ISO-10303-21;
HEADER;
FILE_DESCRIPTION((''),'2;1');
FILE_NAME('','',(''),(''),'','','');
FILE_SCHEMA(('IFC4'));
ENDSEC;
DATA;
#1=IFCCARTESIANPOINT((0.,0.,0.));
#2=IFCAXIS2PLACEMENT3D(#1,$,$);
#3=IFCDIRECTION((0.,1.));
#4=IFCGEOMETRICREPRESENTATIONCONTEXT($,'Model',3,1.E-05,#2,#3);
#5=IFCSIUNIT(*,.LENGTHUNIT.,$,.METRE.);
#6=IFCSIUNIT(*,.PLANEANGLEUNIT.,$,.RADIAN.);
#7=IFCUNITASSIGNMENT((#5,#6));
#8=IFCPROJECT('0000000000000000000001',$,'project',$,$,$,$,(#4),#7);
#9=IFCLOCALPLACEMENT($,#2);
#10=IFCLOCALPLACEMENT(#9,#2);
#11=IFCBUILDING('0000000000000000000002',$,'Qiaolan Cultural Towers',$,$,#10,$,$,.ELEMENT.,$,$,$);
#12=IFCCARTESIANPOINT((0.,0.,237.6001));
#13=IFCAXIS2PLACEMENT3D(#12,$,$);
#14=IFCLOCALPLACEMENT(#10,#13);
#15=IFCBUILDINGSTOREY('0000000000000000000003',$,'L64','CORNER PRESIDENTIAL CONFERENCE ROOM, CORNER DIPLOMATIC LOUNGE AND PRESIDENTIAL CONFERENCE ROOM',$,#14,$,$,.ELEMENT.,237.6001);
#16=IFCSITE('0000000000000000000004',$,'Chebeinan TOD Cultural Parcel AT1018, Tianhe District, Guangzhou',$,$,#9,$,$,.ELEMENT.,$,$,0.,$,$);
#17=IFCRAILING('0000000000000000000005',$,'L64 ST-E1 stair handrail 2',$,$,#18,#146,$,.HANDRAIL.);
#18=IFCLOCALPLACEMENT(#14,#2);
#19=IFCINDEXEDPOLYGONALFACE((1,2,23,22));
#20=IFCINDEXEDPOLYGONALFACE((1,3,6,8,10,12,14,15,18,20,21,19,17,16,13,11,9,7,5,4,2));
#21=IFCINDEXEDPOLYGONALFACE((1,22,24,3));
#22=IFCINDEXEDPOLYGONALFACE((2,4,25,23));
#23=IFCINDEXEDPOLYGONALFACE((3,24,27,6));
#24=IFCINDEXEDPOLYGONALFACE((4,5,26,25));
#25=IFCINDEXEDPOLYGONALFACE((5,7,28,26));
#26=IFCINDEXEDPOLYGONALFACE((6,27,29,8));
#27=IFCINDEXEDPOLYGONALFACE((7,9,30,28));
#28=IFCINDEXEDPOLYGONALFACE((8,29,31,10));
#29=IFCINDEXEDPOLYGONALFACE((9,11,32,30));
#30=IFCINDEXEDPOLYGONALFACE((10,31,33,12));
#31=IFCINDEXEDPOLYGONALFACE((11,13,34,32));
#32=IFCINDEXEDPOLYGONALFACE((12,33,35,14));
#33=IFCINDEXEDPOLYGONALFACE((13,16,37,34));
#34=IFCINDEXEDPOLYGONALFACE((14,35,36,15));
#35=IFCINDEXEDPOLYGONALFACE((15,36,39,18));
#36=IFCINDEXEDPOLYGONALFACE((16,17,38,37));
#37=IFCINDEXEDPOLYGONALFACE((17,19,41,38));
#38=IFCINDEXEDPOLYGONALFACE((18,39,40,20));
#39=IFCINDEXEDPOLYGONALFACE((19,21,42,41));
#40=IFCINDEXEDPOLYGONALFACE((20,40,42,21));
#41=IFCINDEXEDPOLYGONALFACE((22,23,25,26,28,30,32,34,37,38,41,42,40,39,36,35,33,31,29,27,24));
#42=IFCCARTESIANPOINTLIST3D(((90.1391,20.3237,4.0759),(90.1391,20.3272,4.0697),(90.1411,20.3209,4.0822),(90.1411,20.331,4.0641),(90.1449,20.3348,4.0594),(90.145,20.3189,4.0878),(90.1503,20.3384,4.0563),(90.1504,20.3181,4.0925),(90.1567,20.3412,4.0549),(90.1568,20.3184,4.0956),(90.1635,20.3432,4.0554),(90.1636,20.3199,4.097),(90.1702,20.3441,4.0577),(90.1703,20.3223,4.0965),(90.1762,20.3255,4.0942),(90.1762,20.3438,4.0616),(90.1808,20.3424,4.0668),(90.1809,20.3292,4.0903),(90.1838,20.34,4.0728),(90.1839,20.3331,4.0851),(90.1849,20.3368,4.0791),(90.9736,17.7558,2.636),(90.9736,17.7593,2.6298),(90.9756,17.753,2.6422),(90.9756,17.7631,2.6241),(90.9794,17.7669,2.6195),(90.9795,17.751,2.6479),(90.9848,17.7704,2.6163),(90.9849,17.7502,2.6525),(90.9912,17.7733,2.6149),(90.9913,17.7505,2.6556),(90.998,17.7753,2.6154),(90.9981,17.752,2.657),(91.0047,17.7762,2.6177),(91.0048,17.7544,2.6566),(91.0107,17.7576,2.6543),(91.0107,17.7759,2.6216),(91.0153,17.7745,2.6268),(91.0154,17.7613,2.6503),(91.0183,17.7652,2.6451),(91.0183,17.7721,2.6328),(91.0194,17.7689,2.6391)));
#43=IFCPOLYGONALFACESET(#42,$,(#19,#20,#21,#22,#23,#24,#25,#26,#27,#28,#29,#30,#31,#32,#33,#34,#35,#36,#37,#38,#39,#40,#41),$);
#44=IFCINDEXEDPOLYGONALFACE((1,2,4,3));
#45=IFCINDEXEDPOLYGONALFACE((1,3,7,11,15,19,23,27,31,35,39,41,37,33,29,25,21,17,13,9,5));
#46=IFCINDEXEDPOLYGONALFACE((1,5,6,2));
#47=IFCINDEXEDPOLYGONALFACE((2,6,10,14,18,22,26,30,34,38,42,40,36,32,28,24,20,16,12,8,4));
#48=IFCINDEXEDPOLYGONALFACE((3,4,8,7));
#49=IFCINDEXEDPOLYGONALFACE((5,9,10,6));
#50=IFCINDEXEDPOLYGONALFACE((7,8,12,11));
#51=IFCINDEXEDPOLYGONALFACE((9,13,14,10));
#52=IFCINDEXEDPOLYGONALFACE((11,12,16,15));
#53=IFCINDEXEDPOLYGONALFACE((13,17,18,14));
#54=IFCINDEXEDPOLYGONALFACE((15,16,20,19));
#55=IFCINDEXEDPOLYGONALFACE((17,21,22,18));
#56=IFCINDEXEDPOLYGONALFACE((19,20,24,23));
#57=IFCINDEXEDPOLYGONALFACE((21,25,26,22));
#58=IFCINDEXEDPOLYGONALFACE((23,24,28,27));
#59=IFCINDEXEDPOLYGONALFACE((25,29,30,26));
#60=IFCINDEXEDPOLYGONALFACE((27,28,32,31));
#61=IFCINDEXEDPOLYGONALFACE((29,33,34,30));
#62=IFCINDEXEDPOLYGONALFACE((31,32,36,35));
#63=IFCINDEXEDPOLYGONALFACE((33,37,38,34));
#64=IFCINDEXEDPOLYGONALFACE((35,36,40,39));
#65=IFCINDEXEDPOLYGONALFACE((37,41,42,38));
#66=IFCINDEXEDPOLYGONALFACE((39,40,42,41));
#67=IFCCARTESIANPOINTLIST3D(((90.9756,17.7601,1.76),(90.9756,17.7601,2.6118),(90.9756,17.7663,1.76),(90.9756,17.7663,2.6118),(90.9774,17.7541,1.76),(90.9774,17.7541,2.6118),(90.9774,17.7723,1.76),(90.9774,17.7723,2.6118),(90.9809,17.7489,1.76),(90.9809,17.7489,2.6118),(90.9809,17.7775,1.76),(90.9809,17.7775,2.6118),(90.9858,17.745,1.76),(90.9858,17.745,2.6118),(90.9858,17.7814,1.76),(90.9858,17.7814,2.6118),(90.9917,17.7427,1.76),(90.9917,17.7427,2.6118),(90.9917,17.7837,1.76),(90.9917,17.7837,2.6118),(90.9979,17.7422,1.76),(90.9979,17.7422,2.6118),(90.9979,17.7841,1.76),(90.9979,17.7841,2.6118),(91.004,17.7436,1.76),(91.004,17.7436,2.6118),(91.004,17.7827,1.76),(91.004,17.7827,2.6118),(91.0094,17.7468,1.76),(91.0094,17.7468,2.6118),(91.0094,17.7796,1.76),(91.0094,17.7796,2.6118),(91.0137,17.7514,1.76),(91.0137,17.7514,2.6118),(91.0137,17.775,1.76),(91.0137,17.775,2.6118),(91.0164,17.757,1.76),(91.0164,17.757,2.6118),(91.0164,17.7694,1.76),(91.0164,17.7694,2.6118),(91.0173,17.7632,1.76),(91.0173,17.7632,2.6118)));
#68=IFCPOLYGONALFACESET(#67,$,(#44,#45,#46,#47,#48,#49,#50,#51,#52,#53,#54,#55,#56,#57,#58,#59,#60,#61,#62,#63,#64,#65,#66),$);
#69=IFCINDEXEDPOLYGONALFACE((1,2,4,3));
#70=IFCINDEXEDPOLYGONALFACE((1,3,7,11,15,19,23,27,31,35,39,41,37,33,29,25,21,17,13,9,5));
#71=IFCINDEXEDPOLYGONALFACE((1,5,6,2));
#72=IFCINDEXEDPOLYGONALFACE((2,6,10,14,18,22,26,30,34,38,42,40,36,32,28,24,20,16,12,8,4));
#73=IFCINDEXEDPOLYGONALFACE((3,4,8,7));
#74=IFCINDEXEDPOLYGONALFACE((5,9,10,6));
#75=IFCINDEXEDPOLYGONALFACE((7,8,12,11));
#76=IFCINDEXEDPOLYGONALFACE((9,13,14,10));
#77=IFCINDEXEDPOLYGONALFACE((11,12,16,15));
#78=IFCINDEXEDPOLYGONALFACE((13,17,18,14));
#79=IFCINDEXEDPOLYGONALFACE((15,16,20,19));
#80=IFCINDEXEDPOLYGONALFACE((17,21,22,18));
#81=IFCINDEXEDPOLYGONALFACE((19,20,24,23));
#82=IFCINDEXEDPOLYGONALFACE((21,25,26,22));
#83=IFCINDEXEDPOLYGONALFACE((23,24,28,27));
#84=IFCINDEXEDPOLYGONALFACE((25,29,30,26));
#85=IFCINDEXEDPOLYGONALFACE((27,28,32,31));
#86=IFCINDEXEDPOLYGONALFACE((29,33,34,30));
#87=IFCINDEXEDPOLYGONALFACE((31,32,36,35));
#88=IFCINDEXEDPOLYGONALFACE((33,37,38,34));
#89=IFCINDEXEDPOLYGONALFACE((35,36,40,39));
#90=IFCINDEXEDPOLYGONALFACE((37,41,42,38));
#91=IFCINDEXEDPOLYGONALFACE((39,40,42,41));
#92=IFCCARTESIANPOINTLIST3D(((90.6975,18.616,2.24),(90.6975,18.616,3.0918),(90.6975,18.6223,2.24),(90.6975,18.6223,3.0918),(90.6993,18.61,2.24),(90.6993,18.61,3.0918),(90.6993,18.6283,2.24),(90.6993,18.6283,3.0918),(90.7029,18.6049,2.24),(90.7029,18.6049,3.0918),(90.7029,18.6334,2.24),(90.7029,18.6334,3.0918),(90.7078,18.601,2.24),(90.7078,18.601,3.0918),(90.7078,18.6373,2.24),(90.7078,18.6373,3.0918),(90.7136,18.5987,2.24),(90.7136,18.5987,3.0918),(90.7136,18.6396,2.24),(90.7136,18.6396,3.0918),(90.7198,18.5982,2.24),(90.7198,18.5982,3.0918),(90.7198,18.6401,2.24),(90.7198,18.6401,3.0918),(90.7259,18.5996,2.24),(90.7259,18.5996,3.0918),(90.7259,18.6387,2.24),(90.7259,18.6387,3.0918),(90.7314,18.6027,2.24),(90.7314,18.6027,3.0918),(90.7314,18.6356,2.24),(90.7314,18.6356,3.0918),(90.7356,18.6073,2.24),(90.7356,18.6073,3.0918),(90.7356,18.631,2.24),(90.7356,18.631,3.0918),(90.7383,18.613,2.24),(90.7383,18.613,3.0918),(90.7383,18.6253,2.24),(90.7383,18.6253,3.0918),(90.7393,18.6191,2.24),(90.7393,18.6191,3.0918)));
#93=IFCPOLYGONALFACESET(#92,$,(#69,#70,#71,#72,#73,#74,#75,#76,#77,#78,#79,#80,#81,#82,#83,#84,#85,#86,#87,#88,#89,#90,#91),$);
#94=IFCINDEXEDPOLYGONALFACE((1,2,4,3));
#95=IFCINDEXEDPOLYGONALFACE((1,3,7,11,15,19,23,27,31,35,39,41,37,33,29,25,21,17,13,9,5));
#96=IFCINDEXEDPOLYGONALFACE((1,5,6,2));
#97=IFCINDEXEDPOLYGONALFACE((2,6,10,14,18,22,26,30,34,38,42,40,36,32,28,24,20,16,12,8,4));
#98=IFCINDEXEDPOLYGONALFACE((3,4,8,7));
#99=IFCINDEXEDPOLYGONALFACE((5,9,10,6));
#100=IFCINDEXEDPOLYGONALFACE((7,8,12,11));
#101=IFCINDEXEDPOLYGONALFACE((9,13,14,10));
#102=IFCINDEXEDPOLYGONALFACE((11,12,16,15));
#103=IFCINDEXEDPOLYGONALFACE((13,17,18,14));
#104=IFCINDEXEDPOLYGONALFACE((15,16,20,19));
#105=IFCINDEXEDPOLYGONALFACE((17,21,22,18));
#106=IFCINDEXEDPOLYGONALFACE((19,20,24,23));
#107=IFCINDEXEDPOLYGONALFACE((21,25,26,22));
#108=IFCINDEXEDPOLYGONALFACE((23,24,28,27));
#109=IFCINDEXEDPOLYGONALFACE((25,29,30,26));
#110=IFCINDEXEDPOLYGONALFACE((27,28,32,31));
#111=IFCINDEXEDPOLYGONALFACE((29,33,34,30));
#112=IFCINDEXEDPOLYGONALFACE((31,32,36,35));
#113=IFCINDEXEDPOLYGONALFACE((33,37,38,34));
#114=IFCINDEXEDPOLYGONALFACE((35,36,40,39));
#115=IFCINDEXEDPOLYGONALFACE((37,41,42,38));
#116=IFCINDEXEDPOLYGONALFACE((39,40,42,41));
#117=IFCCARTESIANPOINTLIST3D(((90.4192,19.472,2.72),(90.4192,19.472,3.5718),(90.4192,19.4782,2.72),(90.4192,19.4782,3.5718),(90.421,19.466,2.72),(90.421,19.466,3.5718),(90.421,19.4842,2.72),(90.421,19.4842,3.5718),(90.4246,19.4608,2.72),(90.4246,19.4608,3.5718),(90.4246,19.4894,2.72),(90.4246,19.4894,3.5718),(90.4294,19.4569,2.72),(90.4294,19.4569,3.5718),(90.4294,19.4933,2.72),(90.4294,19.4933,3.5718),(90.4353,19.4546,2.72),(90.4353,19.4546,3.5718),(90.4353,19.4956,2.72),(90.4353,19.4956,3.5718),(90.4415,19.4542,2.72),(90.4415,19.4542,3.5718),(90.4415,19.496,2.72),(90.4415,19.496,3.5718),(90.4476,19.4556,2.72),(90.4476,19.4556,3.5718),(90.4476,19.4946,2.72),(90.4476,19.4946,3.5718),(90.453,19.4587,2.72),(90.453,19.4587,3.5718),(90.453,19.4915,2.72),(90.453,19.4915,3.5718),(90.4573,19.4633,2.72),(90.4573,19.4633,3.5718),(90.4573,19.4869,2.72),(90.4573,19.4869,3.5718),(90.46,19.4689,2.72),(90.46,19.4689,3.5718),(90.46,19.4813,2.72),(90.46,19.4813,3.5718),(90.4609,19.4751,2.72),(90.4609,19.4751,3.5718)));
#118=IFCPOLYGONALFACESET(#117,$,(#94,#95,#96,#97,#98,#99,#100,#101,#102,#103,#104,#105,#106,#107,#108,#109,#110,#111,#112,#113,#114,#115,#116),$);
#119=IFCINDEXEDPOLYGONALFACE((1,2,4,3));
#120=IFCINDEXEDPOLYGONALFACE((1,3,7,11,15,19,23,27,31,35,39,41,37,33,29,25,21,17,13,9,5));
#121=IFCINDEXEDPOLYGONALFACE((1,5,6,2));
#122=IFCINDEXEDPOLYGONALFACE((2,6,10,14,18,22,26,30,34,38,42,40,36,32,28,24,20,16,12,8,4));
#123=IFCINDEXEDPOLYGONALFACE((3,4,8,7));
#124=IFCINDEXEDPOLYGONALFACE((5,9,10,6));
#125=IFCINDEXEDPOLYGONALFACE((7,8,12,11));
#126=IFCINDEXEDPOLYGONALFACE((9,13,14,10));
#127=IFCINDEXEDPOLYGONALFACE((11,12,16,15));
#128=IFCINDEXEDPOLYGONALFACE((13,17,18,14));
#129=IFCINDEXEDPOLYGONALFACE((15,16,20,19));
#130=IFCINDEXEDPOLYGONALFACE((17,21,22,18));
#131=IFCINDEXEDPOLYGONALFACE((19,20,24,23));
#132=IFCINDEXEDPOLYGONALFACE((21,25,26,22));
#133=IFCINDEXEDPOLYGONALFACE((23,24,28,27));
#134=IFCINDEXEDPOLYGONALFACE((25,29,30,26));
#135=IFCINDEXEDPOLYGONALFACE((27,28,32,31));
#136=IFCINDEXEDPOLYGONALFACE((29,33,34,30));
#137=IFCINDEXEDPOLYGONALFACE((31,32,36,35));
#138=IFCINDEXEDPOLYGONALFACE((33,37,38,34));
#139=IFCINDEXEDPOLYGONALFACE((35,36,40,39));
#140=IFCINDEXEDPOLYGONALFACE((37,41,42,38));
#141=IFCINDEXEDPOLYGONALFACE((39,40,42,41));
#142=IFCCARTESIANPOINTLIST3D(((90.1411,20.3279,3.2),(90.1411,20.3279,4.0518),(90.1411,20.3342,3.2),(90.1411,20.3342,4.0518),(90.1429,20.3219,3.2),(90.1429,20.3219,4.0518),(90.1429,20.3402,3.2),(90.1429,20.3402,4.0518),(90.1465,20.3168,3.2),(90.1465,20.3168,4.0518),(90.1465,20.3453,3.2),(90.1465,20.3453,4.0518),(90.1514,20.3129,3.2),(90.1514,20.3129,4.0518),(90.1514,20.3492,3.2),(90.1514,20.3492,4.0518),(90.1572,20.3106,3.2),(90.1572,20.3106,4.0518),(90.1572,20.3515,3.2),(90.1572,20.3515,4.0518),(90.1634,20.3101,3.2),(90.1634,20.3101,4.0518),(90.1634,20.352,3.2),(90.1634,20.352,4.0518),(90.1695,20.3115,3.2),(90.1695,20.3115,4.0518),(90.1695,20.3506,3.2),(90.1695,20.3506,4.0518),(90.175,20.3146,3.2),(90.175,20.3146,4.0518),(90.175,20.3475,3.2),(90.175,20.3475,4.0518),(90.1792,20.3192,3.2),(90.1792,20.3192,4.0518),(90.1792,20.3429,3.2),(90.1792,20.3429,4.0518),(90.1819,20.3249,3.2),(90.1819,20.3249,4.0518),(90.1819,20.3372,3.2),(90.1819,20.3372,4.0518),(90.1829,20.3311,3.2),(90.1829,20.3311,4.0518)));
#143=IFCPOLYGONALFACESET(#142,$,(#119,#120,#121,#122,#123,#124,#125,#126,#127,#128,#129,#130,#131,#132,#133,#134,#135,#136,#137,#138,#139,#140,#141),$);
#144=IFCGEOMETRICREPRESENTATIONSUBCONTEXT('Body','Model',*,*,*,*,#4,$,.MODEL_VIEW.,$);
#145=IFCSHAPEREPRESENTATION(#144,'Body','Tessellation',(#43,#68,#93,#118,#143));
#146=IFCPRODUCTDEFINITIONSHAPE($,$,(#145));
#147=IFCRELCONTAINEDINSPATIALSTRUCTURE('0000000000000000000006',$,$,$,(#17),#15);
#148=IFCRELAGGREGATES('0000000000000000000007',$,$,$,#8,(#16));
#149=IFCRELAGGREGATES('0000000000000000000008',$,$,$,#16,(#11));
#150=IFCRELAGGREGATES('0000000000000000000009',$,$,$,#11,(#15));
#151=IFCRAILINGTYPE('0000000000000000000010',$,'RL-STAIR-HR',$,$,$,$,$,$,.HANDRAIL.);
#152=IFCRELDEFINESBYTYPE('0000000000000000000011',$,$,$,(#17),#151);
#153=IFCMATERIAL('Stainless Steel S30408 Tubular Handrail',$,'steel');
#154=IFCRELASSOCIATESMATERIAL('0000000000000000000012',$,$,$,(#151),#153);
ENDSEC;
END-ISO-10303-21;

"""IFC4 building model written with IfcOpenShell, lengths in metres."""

from ifc_helpers import new_model, si_unit, direction, frame, origin, origin_2d, place, context, subcontext, project, spatial, circle, extrude, material, type_object, element, save


model = new_model("IFC4")

# Units and contexts
model_context = context("Model", 3, precision=1e-05, world=origin(), true_north=direction((0.0, 1.0)))
body_context = subcontext(model_context, "Body", "Model", "MODEL_VIEW")
ifc_project = project(units=[si_unit("LENGTHUNIT", "METRE"), si_unit("PLANEANGLEUNIT", "RADIAN")], contexts=[model_context])

# Site, building, storey
site_placement = place(None, origin())
site = spatial("IfcSite", under=ifc_project, at=site_placement, Name="Chebeinan TOD Cultural Parcel AT1018, Tianhe District, Guangzhou", CompositionType="ELEMENT", RefElevation=0.0)
building_placement = place(site_placement, origin())
building = spatial("IfcBuilding", under=site, at=building_placement, Name="Qiaolan Cultural Towers", CompositionType="ELEMENT")
storey_placement = place(building_placement, frame((0.0, 0.0, 237.6001)))
storey = spatial("IfcBuildingStorey", under=building, at=storey_placement, Name="L64", Description="CORNER PRESIDENTIAL CONFERENCE ROOM, CORNER DIPLOMATIC LOUNGE AND PRESIDENTIAL CONFERENCE ROOM", CompositionType="ELEMENT", Elevation=237.6001)

# Railing
ifc_material_1 = material(Name="Stainless Steel S30408 Tubular Handrail", Category="steel")
railing_type_1 = type_object("IfcRailingType", Name="RL-STAIR-HR", PredefinedType="HANDRAIL", material=ifc_material_1)
railing_1_placement = place(storey_placement, frame((90.9963, 17.7632, 1.76)))
element("IfcRailing", 1, at=railing_1_placement, inside=storey, type_object=railing_type_1, Name="L64 ST-E1 stair handrail 2", PredefinedType="HANDRAIL", context=body_context, shape_type="SweptSolid", body=[
    extrude(circle(Radius=0.0239, at=origin_2d()), frame((0.0, 0.0, 0.876), z_axis=(-0.272701, 0.839167, 0.470566), x_axis=(-0.951043, -0.309057, 0.0)), (0.0, 0.0, 1.0), 3.0601),
    extrude(circle(Radius=0.021, at=origin_2d()), origin(), (0.0, 0.0, 1.0), 0.8518),
    extrude(circle(Radius=0.021, at=origin_2d()), frame((-0.2781, 0.856, 0.48)), (0.0, 0.0, 1.0), 0.8518),
    extrude(circle(Radius=0.021, at=origin_2d()), frame((-0.5564, 1.7119, 0.96)), (0.0, 0.0, 1.0), 0.8518),
    extrude(circle(Radius=0.021, at=origin_2d()), frame((-0.8345, 2.5679, 1.4399)), (0.0, 0.0, 1.0), 0.8518),
])

save(model, "model.ifc")
